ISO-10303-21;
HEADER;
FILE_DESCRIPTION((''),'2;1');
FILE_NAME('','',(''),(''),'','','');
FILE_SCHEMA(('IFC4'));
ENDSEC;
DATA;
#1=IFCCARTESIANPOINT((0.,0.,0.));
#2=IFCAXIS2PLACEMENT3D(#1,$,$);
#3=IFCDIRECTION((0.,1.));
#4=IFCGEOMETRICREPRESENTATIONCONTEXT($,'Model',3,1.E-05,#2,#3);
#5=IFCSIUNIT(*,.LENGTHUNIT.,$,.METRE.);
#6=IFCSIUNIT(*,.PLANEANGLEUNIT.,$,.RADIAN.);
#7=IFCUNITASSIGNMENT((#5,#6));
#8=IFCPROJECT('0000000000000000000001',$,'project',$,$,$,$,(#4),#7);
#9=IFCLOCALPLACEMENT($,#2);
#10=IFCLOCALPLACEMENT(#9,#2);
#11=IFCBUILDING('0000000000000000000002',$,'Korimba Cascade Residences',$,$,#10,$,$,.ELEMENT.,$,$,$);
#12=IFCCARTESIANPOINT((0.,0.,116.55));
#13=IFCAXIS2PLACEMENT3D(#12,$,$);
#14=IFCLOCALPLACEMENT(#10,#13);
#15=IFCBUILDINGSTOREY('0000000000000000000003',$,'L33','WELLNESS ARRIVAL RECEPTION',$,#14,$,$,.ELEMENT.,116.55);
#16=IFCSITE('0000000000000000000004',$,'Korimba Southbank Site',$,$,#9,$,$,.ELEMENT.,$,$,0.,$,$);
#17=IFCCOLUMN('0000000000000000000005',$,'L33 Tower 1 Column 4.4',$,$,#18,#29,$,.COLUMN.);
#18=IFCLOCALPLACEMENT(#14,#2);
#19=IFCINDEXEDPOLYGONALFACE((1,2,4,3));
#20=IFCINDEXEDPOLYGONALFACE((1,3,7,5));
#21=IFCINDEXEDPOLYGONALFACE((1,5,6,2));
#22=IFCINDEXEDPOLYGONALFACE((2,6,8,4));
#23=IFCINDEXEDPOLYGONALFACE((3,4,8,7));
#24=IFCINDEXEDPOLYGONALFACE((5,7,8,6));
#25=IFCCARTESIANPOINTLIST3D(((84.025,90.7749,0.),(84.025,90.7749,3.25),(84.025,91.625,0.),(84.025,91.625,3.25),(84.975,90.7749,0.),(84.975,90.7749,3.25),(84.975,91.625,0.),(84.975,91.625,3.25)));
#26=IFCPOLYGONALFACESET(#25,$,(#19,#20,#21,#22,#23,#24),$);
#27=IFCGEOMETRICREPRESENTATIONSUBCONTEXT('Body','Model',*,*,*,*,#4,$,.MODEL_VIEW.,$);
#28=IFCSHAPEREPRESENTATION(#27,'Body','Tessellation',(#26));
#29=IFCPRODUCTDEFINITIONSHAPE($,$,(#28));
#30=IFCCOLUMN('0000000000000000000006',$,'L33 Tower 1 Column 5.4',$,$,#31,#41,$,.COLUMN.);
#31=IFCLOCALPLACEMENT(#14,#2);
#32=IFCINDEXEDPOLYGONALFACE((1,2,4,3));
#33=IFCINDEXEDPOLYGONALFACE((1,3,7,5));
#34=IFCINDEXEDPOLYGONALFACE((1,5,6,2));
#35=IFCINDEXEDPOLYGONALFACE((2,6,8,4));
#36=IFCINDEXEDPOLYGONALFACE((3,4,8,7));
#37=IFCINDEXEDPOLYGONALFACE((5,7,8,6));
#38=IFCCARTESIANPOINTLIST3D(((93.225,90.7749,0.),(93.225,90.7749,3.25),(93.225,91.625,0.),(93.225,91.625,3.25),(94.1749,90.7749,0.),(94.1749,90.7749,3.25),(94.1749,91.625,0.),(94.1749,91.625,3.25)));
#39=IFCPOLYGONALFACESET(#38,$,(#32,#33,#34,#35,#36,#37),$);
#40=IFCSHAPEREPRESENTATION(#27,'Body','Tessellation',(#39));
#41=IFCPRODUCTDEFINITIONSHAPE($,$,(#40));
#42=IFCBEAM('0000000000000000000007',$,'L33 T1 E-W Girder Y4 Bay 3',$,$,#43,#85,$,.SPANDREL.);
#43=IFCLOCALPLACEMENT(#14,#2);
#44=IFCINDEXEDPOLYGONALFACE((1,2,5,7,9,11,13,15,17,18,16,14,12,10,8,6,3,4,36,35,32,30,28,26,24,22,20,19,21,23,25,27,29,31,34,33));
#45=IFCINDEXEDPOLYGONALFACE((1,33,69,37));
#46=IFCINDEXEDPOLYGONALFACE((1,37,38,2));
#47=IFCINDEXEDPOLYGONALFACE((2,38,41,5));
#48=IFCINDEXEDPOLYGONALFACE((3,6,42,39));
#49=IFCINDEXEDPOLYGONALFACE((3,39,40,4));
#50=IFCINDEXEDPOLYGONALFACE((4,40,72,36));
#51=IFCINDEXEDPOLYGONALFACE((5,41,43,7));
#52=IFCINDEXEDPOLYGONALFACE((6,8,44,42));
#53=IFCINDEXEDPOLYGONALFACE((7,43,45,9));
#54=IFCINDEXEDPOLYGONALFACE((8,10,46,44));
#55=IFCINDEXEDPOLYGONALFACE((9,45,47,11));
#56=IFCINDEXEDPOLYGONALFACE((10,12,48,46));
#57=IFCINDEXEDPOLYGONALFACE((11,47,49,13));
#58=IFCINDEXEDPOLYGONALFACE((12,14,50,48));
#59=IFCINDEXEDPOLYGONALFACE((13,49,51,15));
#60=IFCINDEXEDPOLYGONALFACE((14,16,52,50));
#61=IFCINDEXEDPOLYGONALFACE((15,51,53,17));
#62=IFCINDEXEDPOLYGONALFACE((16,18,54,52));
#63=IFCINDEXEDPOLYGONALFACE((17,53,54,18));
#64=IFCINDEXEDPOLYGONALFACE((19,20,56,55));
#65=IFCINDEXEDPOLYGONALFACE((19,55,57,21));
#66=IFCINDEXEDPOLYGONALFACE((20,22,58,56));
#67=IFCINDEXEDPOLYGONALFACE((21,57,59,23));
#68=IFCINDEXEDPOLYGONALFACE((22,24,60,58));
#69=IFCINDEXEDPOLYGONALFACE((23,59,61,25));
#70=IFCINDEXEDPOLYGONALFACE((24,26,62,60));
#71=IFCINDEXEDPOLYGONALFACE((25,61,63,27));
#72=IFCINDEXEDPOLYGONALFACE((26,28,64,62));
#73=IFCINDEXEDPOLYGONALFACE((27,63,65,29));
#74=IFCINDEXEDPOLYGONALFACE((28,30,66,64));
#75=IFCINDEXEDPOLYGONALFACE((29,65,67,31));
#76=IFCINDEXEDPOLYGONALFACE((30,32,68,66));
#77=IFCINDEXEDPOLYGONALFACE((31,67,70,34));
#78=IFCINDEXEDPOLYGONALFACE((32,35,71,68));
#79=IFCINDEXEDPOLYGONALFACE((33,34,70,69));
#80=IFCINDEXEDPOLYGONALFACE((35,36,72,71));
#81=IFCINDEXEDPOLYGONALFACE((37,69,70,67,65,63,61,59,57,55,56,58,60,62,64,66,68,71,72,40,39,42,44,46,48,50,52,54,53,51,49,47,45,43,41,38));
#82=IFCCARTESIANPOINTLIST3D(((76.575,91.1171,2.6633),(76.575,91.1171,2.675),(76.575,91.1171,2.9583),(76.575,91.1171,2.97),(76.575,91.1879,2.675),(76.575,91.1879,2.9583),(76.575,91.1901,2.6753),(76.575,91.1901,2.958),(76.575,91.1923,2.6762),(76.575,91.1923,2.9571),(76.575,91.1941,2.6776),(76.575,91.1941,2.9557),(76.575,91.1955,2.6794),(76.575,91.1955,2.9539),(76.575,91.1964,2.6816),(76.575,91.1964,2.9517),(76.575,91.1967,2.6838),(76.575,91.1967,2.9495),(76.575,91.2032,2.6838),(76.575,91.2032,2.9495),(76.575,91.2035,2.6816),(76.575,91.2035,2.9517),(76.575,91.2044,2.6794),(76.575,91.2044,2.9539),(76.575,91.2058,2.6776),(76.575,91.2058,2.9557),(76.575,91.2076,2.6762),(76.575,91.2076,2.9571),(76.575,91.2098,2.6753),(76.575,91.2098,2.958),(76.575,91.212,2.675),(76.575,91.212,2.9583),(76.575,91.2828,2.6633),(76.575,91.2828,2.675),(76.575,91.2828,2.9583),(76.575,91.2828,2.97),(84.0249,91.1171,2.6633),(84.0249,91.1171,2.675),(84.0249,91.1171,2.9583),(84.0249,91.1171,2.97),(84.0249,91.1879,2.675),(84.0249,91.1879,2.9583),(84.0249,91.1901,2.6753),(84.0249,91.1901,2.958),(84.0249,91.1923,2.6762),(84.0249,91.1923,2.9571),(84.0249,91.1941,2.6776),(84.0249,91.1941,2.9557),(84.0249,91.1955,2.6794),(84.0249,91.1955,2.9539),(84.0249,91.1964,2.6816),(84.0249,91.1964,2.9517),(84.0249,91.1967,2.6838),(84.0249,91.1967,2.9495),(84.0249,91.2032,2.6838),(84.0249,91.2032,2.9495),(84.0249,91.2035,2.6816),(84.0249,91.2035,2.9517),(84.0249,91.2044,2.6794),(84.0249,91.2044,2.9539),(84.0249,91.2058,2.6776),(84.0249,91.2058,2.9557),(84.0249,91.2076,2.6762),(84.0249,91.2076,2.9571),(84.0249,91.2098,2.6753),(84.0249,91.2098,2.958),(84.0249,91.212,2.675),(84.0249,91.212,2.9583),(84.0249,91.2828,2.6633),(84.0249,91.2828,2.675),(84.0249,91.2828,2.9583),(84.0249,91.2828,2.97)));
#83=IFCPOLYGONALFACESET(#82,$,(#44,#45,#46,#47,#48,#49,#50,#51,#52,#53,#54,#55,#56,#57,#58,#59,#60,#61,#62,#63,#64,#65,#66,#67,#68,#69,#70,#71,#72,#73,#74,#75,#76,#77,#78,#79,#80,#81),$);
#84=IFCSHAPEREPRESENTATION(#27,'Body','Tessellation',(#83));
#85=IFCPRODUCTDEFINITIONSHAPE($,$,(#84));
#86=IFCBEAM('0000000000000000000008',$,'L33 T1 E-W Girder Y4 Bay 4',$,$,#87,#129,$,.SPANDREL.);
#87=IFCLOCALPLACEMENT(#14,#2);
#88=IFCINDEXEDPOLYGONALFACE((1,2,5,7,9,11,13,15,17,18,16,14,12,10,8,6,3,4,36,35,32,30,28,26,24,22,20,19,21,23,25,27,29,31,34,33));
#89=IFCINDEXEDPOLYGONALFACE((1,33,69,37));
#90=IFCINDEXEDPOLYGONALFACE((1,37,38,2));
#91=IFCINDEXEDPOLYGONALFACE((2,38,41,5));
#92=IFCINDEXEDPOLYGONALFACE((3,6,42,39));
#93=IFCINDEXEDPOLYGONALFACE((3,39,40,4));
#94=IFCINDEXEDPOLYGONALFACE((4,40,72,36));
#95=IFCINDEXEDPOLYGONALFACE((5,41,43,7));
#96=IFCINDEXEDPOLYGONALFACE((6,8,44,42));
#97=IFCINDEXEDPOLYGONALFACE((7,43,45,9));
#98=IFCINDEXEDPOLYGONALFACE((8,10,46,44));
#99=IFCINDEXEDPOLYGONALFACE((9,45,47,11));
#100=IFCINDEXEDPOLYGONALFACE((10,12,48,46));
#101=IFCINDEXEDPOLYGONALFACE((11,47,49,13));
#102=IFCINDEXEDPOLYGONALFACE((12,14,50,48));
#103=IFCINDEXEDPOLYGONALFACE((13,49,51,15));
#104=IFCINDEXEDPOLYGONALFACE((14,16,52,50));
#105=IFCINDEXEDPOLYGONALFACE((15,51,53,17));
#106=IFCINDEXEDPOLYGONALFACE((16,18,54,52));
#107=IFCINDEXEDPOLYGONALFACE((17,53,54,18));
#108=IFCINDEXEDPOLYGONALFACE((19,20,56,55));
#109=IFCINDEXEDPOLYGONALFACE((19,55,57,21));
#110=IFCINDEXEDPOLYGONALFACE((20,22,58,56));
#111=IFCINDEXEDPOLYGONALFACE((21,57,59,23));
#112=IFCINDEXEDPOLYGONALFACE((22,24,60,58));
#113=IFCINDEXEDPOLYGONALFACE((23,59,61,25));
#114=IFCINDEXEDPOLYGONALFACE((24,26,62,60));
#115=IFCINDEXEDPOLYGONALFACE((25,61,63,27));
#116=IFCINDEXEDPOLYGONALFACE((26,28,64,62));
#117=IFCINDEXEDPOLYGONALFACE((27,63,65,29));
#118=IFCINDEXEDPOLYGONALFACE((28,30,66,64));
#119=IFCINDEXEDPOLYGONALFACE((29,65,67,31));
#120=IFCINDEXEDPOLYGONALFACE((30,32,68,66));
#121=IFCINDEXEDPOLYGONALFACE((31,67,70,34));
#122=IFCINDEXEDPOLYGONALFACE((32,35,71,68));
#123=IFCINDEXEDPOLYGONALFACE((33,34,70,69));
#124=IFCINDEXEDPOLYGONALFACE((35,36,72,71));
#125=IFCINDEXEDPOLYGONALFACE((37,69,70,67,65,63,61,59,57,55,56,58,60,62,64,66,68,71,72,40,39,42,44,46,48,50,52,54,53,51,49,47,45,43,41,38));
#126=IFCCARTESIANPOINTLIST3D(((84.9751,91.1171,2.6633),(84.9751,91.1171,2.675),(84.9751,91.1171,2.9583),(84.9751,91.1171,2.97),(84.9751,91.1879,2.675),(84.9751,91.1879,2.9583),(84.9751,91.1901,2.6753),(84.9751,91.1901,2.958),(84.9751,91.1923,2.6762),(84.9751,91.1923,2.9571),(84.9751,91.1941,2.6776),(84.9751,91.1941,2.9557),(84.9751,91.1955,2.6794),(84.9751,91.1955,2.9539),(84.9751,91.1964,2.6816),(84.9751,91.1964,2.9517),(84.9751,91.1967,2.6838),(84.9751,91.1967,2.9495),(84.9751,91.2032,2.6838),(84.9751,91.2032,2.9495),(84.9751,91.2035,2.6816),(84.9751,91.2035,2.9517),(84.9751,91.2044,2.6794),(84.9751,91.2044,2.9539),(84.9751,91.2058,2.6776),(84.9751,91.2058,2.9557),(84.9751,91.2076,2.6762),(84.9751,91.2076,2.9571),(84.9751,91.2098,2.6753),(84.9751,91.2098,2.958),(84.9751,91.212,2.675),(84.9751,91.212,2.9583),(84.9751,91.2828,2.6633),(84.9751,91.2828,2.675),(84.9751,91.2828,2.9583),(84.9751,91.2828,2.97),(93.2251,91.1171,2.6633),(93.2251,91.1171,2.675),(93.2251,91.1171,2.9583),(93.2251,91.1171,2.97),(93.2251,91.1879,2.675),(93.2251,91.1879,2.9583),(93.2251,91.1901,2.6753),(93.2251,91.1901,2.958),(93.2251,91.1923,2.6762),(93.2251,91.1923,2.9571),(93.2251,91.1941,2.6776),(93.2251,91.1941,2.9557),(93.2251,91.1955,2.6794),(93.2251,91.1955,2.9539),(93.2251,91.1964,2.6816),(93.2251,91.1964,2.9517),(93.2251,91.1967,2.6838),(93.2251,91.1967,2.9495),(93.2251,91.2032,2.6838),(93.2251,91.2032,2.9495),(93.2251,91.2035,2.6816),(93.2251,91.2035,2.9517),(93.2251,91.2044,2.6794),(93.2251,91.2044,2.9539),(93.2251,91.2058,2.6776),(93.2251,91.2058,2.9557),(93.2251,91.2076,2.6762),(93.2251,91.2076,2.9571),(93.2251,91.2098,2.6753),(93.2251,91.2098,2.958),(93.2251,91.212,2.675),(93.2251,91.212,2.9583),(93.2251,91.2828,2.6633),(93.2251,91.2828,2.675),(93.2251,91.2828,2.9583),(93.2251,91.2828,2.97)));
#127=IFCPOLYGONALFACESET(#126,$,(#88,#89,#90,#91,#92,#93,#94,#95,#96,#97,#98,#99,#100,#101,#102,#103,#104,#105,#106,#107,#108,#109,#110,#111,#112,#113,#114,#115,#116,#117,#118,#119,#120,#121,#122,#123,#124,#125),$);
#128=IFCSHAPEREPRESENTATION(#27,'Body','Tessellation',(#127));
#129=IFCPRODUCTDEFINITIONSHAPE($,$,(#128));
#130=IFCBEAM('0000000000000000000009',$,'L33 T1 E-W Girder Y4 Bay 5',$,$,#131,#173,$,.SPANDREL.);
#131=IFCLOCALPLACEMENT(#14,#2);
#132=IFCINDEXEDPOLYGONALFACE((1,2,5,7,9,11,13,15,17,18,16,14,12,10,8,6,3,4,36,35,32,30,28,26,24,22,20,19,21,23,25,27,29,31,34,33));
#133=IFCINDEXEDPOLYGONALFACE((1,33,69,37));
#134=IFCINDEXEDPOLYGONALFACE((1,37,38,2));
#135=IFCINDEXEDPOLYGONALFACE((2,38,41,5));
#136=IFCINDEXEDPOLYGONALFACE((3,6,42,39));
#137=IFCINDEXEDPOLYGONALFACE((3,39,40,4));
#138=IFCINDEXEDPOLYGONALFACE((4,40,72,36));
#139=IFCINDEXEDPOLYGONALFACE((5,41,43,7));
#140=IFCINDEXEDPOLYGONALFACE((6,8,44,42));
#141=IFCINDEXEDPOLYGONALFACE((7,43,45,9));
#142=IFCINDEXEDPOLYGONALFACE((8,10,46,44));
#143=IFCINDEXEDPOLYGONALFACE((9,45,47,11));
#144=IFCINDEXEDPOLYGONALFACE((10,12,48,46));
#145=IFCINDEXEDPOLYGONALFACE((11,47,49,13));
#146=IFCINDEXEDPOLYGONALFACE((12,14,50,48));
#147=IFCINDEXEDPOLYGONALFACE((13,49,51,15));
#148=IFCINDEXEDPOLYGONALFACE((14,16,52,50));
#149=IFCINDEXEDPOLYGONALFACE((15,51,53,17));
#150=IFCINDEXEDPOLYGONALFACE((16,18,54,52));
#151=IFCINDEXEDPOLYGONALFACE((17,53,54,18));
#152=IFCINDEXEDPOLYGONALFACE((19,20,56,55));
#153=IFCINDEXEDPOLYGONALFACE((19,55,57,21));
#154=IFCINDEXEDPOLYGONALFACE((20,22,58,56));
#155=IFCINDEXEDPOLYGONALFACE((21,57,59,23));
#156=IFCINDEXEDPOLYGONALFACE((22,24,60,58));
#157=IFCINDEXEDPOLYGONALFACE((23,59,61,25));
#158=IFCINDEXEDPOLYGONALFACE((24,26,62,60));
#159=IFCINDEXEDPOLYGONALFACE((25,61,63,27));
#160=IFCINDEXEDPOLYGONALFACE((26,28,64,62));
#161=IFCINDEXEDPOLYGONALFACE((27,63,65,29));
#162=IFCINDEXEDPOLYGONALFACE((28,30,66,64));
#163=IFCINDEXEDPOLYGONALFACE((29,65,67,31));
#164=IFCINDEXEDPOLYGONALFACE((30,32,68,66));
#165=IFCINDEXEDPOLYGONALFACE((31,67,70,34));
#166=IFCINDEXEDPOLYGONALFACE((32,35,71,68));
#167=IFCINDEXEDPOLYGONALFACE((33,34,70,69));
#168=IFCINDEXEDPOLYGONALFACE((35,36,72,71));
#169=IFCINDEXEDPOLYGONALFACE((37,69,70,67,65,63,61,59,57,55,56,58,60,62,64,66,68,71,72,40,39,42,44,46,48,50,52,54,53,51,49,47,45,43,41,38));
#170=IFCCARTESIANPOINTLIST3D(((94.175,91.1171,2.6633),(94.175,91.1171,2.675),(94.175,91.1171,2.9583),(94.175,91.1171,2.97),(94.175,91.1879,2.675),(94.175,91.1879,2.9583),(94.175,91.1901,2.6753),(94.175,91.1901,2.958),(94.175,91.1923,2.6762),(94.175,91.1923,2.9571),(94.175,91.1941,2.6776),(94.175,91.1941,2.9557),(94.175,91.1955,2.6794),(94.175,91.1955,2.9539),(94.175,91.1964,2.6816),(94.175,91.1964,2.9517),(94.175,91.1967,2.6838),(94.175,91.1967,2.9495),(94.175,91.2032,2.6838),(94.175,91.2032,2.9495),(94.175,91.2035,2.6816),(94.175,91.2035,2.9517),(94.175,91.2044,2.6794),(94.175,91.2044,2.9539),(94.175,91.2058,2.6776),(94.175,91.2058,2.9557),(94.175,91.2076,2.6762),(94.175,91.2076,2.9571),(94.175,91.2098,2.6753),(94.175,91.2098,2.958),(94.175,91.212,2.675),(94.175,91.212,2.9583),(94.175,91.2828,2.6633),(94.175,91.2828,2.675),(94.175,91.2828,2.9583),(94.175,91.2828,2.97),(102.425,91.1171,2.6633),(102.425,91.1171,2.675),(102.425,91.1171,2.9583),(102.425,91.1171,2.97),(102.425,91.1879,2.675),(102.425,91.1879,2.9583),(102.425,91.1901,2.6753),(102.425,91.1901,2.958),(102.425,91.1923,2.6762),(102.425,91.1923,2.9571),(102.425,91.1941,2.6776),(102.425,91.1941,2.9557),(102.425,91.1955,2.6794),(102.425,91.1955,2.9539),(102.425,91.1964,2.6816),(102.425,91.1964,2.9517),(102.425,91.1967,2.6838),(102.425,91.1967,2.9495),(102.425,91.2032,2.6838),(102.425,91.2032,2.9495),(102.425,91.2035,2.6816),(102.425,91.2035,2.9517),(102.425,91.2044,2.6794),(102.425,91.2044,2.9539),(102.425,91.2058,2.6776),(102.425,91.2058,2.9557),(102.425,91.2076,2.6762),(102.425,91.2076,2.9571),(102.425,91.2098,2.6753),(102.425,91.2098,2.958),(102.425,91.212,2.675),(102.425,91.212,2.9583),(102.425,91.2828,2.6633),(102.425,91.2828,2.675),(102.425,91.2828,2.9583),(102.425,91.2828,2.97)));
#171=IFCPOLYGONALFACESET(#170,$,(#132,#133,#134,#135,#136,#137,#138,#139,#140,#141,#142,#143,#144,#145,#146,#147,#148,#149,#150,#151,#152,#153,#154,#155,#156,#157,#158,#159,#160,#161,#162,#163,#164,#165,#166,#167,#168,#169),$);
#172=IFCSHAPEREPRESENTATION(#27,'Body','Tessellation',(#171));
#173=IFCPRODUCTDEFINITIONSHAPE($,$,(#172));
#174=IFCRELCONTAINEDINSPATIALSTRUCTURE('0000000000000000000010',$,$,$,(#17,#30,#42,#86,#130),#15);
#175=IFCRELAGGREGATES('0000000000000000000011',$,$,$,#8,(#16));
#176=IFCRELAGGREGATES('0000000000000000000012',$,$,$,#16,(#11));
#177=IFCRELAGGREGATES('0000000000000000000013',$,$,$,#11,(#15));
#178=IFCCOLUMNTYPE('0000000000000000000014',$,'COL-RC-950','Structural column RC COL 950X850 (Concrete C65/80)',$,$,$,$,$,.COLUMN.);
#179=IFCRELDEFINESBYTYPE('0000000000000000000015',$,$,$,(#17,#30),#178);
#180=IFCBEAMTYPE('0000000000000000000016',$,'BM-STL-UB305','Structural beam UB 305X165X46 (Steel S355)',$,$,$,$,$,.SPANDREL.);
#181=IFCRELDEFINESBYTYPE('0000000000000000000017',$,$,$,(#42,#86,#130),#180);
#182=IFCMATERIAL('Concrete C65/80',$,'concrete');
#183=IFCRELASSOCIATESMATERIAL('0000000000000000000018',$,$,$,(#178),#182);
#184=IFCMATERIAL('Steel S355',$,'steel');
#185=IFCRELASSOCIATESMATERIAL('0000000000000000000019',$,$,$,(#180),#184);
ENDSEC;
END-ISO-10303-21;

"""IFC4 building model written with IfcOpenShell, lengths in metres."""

from ifc_helpers import new_model, si_unit, direction, frame, origin, origin_2d, place, context, subcontext, project, spatial, rectangle, i_section, extrude, material, material_profile, profile_set, type_object, element, save


model = new_model("IFC4")

# Units and contexts
model_context = context("Model", 3, precision=1e-05, world=origin(), true_north=direction((0.0, 1.0)))
body_context = subcontext(model_context, "Body", "Model", "MODEL_VIEW")
ifc_project = project(units=[si_unit("LENGTHUNIT", "METRE"), si_unit("PLANEANGLEUNIT", "RADIAN")], contexts=[model_context])

# Site, building, storey
site_placement = place(None, origin())
site = spatial("IfcSite", under=ifc_project, at=site_placement, Name="Korimba Southbank Site", CompositionType="ELEMENT", RefElevation=0.0)
building_placement = place(site_placement, origin())
building = spatial("IfcBuilding", under=site, at=building_placement, Name="Korimba Cascade Residences", CompositionType="ELEMENT")
storey_placement = place(building_placement, frame((0.0, 0.0, 116.55)))
storey = spatial("IfcBuildingStorey", under=building, at=storey_placement, Name="L33", Description="WELLNESS ARRIVAL RECEPTION", CompositionType="ELEMENT", Elevation=116.55)

# Columns
ifc_material_1 = material(Name="Concrete C65/80", Category="concrete")
ifc_material_profile_1 = material_profile(ifc_material_1, rectangle(XDim=0.95, YDim=0.8501, at=origin_2d()), Name="Concrete C65/80")
ifc_profile_set_1 = profile_set([ifc_material_profile_1], Name="Concrete C65/80")
column_type = type_object("IfcColumnType", Name="COL-RC-950", Description="Structural column RC COL 950X850 (Concrete C65/80)", PredefinedType="COLUMN", material=ifc_profile_set_1)
for number, where, z_axis, x_axis, name in (
    (1, (84.5, 91.2, 0.0), (0.0, 0.0, 1.0), (1.0, 0.0, 0.0), "L33 Tower 1 Column 4.4"),
    (2, (93.7, 91.2, 0.0), (0.0, 0.0, 1.0), (1.0, 0.0, 0.0), "L33 Tower 1 Column 5.4"),
):
    element("IfcColumn", number, at=place(storey_placement, frame(where, z_axis=z_axis, x_axis=x_axis)), inside=storey, type_object=column_type, Name=name, PredefinedType="COLUMN", context=body_context, shape_type="SweptSolid", body=[
        extrude(rectangle(XDim=0.95, YDim=0.8501, at=origin_2d()), origin(), (0.0, 0.0, 1.0), 3.25),
    ])

# Beams
ifc_material_2 = material(Name="Steel S355", Category="steel")
ifc_material_profile_2 = material_profile(ifc_material_2, i_section(OverallWidth=0.1658, OverallDepth=0.3066, WebThickness=0.0066, FlangeThickness=0.0117, FilletRadius=0.0088, at=origin_2d()), Name="Steel S355")
ifc_profile_set_2 = profile_set([ifc_material_profile_2], Name="Steel S355")
beam_type = type_object("IfcBeamType", Name="BM-STL-UB305", Description="Structural beam UB 305X165X46 (Steel S355)", PredefinedType="SPANDREL", material=ifc_profile_set_2)
beam_placement = place(storey_placement, frame((76.575, 91.2, 2.8167), z_axis=(1.0, 0.0, 0.0), x_axis=(0.0, 1.0, 0.0)))
element("IfcBeam", 3, at=beam_placement, inside=storey, type_object=beam_type, Name="L33 T1 E-W Girder Y4 Bay 3", PredefinedType="SPANDREL", context=body_context, shape_type="SweptSolid", body=[
    extrude(i_section(OverallWidth=0.1658, OverallDepth=0.3066, WebThickness=0.0066, FlangeThickness=0.0117, FilletRadius=0.0088, at=origin_2d()), origin(), (0.0, 0.0, 1.0), 7.45),
])
for number, where, z_axis, x_axis, name in (
    (4, (84.9751, 91.2, 2.8167), (1.0, 0.0, 0.0), (0.0, 1.0, 0.0), "L33 T1 E-W Girder Y4 Bay 4"),
    (5, (94.175, 91.2, 2.8167), (1.0, 0.0, 0.0), (0.0, 1.0, 0.0), "L33 T1 E-W Girder Y4 Bay 5"),
):
    element("IfcBeam", number, at=place(storey_placement, frame(where, z_axis=z_axis, x_axis=x_axis)), inside=storey, type_object=beam_type, Name=name, PredefinedType="SPANDREL", context=body_context, shape_type="SweptSolid", body=[
        extrude(i_section(OverallWidth=0.1658, OverallDepth=0.3066, WebThickness=0.0066, FlangeThickness=0.0117, FilletRadius=0.0088, at=origin_2d()), origin(), (0.0, 0.0, 1.0), 8.25),
    ])

save(model, "model.ifc")
